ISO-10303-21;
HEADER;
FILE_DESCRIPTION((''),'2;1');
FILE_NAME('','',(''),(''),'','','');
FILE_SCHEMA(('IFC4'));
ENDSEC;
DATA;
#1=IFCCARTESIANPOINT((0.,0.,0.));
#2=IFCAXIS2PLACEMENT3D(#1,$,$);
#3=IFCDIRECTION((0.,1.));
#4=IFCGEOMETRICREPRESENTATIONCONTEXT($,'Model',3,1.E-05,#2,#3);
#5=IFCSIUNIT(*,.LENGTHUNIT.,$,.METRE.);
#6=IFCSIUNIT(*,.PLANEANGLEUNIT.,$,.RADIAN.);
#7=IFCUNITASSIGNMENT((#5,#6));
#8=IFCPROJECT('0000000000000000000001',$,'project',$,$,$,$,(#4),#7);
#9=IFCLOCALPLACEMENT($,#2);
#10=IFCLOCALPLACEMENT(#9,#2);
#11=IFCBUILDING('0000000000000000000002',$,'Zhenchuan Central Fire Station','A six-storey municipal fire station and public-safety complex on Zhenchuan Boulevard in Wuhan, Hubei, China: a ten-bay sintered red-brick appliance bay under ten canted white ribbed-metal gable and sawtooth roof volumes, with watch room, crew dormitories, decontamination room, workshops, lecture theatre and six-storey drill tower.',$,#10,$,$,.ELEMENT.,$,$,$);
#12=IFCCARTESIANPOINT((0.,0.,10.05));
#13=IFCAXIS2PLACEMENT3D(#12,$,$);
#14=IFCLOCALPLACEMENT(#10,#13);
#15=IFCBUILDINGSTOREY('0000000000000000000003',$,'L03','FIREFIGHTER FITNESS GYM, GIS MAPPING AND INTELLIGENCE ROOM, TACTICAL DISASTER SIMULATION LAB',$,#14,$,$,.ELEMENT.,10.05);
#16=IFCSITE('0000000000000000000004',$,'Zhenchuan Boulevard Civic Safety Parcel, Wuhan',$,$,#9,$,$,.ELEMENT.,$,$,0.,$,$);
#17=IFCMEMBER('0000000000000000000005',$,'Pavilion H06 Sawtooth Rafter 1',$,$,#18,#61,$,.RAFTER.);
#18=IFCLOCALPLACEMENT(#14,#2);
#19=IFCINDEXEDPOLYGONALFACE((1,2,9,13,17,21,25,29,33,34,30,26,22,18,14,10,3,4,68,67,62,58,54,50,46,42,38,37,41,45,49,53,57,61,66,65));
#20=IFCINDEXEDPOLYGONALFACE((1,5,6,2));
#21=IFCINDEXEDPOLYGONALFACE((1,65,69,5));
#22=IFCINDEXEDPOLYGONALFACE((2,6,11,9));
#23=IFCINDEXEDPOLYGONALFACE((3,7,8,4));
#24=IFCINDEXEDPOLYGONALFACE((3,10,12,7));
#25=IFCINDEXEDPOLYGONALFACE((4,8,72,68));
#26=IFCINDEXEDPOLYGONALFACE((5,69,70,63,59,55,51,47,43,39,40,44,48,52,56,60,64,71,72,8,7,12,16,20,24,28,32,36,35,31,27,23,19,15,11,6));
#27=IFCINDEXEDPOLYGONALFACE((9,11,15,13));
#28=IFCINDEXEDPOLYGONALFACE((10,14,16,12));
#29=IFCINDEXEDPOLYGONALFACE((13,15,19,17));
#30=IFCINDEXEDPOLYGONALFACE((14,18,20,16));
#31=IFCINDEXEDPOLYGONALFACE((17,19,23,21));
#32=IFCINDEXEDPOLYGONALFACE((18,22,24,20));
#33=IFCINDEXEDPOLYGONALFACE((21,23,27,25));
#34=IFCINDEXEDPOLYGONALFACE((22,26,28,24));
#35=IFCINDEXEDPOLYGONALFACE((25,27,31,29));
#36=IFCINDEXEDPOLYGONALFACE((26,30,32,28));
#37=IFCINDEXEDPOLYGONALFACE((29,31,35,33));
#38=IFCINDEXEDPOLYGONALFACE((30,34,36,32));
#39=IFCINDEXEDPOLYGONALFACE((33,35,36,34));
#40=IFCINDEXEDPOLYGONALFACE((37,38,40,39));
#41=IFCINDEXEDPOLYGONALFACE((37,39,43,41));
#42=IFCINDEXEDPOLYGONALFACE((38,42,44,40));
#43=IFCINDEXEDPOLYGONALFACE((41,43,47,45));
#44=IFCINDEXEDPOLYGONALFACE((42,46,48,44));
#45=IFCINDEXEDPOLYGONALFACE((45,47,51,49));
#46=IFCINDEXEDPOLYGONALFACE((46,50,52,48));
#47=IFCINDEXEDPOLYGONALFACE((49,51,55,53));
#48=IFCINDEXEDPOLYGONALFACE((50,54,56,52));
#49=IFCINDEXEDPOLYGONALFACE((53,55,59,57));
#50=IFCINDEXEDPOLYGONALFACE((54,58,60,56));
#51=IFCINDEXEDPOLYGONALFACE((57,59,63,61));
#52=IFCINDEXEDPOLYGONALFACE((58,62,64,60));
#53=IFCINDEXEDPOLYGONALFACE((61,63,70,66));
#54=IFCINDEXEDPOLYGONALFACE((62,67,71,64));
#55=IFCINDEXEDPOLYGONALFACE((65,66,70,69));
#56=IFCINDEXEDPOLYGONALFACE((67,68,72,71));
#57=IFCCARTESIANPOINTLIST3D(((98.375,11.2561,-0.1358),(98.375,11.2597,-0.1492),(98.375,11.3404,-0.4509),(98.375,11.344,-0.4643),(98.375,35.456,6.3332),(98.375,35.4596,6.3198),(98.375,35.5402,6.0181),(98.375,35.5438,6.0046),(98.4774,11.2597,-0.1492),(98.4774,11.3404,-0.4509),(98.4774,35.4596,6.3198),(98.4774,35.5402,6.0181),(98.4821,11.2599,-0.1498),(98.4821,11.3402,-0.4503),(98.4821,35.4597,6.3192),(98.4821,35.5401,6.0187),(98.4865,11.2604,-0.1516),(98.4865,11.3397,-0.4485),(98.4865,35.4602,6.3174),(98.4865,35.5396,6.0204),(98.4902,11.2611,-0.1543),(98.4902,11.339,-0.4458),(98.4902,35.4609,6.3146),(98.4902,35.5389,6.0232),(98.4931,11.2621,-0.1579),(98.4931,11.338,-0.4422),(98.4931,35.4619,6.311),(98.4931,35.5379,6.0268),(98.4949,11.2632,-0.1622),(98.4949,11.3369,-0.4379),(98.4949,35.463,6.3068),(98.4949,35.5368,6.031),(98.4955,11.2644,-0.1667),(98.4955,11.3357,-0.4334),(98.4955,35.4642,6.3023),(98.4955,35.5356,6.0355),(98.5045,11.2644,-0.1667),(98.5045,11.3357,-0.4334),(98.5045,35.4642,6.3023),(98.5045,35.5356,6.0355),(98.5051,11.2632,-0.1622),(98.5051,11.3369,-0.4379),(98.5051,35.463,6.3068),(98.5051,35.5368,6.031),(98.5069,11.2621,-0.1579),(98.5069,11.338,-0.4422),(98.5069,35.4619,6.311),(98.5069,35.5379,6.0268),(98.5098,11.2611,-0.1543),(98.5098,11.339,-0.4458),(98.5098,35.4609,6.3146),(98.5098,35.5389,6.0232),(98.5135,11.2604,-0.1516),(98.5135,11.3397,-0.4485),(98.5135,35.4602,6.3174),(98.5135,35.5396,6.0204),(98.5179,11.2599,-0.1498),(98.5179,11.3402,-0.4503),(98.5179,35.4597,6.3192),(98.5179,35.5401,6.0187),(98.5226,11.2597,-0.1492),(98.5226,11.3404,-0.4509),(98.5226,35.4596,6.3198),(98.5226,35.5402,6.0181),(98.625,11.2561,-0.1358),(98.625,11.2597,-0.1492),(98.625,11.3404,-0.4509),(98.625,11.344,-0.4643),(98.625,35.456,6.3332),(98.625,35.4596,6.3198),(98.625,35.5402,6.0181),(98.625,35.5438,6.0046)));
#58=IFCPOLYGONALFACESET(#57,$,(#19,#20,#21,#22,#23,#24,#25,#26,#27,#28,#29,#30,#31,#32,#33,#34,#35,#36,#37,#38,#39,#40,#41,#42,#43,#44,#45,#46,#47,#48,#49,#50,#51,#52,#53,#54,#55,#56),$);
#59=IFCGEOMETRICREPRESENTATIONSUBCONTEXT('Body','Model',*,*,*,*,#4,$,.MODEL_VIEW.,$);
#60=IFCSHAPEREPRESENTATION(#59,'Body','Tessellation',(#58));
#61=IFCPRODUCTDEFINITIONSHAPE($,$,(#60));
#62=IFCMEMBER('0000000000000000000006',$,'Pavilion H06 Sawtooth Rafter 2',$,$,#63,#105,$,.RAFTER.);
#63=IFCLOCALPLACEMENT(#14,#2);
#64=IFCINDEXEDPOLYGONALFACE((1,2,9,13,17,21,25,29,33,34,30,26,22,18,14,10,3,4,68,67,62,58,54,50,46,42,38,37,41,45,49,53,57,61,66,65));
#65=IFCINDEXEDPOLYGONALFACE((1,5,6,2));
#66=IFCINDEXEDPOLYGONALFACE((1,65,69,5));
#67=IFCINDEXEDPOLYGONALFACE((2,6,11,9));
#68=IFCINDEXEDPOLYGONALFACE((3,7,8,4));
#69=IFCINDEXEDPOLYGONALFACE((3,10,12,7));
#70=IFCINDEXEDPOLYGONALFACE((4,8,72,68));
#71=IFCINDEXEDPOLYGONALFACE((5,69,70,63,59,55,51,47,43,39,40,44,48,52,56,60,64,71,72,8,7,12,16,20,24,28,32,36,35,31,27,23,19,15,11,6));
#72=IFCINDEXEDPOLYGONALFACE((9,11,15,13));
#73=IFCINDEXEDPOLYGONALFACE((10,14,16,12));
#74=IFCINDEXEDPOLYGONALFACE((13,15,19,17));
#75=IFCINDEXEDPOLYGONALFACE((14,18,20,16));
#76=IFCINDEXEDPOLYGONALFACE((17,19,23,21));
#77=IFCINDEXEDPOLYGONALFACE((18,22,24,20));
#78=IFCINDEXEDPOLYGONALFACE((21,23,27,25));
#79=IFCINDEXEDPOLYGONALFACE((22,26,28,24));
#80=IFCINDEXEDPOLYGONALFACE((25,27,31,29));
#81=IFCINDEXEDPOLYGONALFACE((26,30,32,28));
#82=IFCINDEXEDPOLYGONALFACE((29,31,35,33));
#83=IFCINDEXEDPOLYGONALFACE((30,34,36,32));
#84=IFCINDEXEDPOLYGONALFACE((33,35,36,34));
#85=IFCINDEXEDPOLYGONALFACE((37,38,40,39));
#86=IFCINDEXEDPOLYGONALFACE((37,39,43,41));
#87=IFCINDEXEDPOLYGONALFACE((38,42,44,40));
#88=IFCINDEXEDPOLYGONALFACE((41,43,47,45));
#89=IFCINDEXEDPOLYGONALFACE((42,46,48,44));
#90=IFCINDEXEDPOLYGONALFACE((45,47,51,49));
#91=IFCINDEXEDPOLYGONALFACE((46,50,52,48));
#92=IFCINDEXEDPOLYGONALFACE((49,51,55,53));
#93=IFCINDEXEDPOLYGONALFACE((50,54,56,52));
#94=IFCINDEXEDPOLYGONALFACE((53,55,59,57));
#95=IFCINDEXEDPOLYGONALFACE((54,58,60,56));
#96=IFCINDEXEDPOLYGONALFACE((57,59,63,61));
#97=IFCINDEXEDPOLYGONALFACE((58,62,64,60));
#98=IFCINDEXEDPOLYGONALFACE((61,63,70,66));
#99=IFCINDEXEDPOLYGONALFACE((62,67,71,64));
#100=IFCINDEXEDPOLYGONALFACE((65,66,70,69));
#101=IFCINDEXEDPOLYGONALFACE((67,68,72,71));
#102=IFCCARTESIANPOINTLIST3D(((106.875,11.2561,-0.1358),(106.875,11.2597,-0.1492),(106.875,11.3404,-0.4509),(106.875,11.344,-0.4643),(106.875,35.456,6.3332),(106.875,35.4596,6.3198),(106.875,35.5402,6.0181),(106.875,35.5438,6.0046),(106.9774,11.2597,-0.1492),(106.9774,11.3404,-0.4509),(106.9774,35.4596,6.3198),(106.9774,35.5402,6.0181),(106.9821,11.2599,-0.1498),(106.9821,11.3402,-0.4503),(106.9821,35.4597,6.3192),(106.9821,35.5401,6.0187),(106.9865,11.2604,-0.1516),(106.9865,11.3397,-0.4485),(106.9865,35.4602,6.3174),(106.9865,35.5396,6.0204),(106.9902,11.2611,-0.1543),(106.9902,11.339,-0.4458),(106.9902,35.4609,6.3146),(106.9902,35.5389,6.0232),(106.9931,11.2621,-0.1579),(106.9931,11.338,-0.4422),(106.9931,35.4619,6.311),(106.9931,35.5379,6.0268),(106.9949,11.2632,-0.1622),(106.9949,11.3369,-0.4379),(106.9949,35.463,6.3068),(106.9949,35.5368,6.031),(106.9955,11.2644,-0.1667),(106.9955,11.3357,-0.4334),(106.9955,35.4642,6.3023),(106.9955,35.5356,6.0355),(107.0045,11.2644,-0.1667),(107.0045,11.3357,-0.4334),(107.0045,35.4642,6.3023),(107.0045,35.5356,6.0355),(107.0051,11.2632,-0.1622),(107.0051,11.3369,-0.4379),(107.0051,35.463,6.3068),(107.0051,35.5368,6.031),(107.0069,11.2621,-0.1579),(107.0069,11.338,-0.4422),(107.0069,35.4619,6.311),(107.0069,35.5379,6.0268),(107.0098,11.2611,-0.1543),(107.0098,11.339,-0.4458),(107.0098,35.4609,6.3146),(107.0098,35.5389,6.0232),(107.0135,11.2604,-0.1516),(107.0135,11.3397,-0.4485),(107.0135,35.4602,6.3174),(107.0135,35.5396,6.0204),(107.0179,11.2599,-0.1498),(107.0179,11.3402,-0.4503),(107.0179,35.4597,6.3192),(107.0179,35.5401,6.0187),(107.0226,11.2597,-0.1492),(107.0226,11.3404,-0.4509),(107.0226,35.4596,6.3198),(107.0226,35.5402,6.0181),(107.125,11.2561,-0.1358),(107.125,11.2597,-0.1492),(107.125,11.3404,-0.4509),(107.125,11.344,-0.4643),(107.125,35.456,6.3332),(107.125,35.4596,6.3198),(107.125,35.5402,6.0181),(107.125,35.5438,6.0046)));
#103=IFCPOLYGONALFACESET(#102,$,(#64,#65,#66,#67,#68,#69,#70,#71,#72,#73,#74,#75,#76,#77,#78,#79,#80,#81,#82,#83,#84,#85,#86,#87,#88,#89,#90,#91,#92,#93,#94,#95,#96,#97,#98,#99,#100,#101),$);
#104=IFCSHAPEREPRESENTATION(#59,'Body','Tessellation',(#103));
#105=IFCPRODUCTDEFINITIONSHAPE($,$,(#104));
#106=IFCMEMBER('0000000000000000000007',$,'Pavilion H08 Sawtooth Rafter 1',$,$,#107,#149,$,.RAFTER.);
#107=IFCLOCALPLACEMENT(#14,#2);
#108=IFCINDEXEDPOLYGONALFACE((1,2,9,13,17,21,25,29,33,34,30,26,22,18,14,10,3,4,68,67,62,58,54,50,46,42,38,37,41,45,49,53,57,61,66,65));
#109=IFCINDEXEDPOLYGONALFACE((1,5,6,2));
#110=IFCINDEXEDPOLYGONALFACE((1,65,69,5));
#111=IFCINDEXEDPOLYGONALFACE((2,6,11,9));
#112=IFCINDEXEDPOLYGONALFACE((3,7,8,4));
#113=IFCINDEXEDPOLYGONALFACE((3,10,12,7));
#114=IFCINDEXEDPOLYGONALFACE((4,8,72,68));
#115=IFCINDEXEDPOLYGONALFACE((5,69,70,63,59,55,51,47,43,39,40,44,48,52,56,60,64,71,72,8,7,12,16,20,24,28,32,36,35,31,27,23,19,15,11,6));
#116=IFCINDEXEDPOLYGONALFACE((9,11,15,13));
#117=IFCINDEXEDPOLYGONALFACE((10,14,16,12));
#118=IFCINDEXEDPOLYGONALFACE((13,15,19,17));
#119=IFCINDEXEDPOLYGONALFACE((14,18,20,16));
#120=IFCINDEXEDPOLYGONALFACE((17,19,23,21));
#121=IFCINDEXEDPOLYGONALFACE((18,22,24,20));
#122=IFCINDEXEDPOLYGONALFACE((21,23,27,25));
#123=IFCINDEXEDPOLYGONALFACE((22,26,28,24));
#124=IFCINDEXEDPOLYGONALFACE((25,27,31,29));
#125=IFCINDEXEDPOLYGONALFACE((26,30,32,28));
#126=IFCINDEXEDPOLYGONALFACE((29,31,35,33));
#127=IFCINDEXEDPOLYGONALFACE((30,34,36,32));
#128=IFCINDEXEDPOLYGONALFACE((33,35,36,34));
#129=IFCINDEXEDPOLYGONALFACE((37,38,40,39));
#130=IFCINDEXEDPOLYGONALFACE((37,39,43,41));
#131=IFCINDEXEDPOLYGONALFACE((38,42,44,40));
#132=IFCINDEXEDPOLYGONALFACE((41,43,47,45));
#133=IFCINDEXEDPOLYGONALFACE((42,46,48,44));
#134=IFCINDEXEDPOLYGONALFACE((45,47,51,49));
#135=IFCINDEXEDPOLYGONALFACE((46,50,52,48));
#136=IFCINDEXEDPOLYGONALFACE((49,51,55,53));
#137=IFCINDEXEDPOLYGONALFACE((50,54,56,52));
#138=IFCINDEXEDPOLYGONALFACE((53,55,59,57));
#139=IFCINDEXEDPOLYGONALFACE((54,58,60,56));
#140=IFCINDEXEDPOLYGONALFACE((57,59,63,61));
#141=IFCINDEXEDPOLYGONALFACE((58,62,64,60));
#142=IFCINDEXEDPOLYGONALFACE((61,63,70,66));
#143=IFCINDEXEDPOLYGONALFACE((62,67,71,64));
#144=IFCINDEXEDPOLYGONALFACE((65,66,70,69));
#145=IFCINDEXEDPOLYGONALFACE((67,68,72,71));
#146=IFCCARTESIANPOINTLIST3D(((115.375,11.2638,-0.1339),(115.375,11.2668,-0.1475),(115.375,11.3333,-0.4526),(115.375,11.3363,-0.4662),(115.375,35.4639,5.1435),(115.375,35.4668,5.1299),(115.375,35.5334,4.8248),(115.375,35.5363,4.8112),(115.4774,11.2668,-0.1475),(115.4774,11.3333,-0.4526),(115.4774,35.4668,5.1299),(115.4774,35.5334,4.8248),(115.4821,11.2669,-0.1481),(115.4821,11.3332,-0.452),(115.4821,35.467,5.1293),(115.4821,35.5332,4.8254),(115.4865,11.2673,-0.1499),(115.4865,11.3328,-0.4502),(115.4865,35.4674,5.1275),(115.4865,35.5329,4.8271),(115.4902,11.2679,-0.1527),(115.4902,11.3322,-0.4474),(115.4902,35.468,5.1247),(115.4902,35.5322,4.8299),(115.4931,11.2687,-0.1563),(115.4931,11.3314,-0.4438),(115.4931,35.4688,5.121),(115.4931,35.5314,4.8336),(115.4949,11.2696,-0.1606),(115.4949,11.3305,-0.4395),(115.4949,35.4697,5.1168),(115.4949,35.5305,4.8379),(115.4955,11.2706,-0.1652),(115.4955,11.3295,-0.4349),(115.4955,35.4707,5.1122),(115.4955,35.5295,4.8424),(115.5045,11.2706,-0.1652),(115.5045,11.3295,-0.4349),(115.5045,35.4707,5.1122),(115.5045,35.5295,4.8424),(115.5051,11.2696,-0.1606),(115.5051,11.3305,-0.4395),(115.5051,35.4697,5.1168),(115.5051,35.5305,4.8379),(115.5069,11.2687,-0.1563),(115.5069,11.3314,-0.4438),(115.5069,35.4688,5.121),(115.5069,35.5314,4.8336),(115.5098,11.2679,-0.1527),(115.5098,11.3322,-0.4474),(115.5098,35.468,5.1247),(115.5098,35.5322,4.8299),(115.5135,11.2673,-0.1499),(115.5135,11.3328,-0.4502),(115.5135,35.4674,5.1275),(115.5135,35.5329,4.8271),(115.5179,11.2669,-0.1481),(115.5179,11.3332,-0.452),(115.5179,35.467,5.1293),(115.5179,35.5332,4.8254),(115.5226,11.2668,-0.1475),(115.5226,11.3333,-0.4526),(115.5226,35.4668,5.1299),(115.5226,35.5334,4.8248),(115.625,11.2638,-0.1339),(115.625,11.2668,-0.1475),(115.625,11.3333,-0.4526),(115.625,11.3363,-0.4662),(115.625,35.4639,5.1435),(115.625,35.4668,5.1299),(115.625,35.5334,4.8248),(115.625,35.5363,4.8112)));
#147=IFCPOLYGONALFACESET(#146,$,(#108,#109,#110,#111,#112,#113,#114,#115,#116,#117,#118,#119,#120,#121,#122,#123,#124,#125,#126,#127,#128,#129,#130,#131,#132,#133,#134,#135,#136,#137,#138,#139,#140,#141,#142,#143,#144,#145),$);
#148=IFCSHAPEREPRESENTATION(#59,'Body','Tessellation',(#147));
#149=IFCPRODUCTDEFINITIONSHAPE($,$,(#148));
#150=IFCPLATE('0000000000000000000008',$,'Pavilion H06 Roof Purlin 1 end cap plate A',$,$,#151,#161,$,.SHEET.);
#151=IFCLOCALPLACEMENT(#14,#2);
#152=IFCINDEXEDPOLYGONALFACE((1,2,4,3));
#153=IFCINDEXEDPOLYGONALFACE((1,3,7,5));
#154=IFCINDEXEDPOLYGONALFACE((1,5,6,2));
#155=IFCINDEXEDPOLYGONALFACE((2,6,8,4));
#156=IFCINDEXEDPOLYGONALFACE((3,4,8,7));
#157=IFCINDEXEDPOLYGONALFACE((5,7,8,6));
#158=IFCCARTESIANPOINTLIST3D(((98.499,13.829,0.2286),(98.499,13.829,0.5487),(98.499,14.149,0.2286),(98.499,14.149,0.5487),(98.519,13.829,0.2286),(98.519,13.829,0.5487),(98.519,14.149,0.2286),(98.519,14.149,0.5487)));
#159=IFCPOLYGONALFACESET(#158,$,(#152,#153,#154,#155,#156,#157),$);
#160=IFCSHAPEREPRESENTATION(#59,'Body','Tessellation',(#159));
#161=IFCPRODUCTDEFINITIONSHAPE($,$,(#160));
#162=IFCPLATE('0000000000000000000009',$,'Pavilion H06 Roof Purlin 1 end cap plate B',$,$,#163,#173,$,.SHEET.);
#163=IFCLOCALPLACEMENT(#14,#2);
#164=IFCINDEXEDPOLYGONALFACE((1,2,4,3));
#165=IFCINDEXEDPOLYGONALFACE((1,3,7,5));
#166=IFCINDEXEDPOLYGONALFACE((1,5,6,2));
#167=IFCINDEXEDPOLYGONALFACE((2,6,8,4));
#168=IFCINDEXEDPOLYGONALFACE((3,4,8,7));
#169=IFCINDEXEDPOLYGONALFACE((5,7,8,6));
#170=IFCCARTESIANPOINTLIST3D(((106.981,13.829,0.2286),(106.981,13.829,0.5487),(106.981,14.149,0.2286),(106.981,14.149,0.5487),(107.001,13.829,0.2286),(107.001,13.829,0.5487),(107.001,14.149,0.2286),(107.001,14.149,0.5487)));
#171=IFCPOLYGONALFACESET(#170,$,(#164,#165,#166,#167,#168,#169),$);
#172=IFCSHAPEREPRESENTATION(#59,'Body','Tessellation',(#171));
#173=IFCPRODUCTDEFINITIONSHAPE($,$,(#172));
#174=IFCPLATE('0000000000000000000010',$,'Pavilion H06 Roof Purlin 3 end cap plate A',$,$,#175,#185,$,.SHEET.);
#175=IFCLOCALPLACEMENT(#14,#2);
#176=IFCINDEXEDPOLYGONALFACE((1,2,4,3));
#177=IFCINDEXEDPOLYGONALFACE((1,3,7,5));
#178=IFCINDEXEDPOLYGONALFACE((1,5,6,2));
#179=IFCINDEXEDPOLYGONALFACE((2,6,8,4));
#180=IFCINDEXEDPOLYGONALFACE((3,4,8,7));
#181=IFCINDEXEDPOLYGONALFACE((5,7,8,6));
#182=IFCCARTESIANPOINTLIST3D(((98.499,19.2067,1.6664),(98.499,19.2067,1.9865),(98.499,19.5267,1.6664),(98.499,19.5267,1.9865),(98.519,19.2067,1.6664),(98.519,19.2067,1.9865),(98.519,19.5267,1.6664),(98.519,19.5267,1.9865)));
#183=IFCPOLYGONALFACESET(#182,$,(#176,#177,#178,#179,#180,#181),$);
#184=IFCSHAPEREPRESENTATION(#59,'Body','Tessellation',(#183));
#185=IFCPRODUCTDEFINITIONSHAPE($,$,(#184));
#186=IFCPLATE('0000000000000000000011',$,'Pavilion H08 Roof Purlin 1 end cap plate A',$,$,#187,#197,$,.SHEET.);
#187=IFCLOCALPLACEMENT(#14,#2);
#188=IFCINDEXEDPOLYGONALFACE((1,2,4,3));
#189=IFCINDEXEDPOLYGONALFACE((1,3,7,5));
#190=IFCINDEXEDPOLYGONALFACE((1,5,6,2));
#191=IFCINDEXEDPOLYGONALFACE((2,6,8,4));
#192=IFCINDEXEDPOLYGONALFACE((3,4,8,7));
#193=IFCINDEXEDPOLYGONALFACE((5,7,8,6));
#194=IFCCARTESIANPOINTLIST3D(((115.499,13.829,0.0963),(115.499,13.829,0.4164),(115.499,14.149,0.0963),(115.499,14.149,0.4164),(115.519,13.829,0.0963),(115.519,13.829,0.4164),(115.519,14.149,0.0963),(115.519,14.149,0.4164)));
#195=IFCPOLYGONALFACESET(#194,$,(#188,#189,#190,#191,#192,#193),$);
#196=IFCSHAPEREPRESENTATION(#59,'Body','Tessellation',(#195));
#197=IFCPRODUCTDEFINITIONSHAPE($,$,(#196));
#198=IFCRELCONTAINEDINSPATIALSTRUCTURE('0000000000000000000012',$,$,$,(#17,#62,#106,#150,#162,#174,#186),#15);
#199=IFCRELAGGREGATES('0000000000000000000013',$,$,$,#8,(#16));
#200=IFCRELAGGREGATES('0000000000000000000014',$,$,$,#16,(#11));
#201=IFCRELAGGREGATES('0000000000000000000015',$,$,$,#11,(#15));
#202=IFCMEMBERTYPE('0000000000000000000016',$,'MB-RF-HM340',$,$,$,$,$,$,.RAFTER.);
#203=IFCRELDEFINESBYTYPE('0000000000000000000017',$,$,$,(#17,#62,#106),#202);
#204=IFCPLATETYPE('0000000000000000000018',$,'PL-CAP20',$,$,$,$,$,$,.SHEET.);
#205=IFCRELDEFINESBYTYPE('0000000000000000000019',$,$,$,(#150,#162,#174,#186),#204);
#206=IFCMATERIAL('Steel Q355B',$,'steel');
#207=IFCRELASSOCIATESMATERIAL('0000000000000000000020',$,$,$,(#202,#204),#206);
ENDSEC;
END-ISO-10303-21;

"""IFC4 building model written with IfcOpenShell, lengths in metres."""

from ifc_helpers import new_model, si_unit, direction, frame, origin, origin_2d, place, context, subcontext, project, spatial, rectangle, i_section, extrude, material, material_profile, profile_set, type_object, element, save


model = new_model("IFC4")

# Units and contexts
model_context = context("Model", 3, precision=1e-05, world=origin(), true_north=direction((0.0, 1.0)))
body_context = subcontext(model_context, "Body", "Model", "MODEL_VIEW")
ifc_project = project(units=[si_unit("LENGTHUNIT", "METRE"), si_unit("PLANEANGLEUNIT", "RADIAN")], contexts=[model_context])

# Site, building, storey
site_placement = place(None, origin())
site = spatial("IfcSite", under=ifc_project, at=site_placement, Name="Zhenchuan Boulevard Civic Safety Parcel, Wuhan", CompositionType="ELEMENT", RefElevation=0.0)
building_placement = place(site_placement, origin())
building = spatial("IfcBuilding", under=site, at=building_placement, Name="Zhenchuan Central Fire Station", Description="A six-storey municipal fire station and public-safety complex on Zhenchuan Boulevard in Wuhan, Hubei, China: a ten-bay sintered red-brick appliance bay under ten canted white ribbed-metal gable and sawtooth roof volumes, with watch room, crew dormitories, decontamination room, workshops, lecture theatre and six-storey drill tower.", CompositionType="ELEMENT")
storey_placement = place(building_placement, frame((0.0, 0.0, 10.05)))
storey = spatial("IfcBuildingStorey", under=building, at=storey_placement, Name="L03", Description="FIREFIGHTER FITNESS GYM, GIS MAPPING AND INTELLIGENCE ROOM, TACTICAL DISASTER SIMULATION LAB", CompositionType="ELEMENT", Elevation=10.05)

# Members
ifc_material_1 = material(Name="Steel Q355B", Category="steel")
ifc_material_profile_1 = material_profile(ifc_material_1, i_section(OverallWidth=0.25, OverallDepth=0.3401, WebThickness=0.009, FlangeThickness=0.0139, FilletRadius=0.0181, at=origin_2d()), Name="HM 340x250")
ifc_profile_set_1 = profile_set([ifc_material_profile_1], Name="Steel Q355B")
member_type_1 = type_object("IfcMemberType", Name="MB-RF-HM340", PredefinedType="RAFTER", material=ifc_profile_set_1)
for number, where, z_axis, x_axis, name in (
    (1, (98.5, 11.3, -0.3), (0.0, 0.966079, 0.258247), (-1.0, 0.0, 0.0), "Pavilion H06 Sawtooth Rafter 1"),
    (2, (107.0, 11.3, -0.3), (0.0, 0.966079, 0.258247), (-1.0, 0.0, 0.0), "Pavilion H06 Sawtooth Rafter 2"),
):
    element("IfcMember", number, at=place(storey_placement, frame(where, z_axis=z_axis, x_axis=x_axis)), inside=storey, type_object=member_type_1, Name=name, PredefinedType="RAFTER", context=body_context, shape_type="SweptSolid", body=[
        extrude(i_section(OverallWidth=0.25, OverallDepth=0.3401, WebThickness=0.009, FlangeThickness=0.0139, FilletRadius=0.0181, at=origin_2d()), origin(), (0.0, 0.0, 1.0), 25.0496),
    ])
member_1_placement = place(storey_placement, frame((115.5, 11.3, -0.3), z_axis=(0.0, 0.977038, 0.213065), x_axis=(-1.0, 0.0, 0.0)))
element("IfcMember", 3, at=member_1_placement, inside=storey, type_object=member_type_1, Name="Pavilion H08 Sawtooth Rafter 1", PredefinedType="RAFTER", context=body_context, shape_type="SweptSolid", body=[
    extrude(i_section(OverallWidth=0.25, OverallDepth=0.3401, WebThickness=0.009, FlangeThickness=0.0139, FilletRadius=0.0181, at=origin_2d()), origin(), (0.0, 0.0, 1.0), 24.7688),
])

# Plates
ifc_material_profile_2 = material_profile(ifc_material_1, rectangle(XDim=0.3201, YDim=0.3201, at=origin_2d()), Name="PL 320x320x20")
ifc_profile_set_2 = profile_set([ifc_material_profile_2], Name="Steel Q355B")
plate_type_1 = type_object("IfcPlateType", Name="PL-CAP20", PredefinedType="SHEET", material=ifc_profile_set_2)
for number, where, z_axis, x_axis, name in (
    (4, (98.499, 13.989, 0.3887), (1.0, 0.0, 0.0), (0.0, 1.0, 0.0), "Pavilion H06 Roof Purlin 1 end cap plate A"),
    (5, (106.981, 13.989, 0.3887), (1.0, 0.0, 0.0), (0.0, 1.0, 0.0), "Pavilion H06 Roof Purlin 1 end cap plate B"),
    (6, (98.499, 19.3667, 1.8264), (1.0, 0.0, 0.0), (0.0, 1.0, 0.0), "Pavilion H06 Roof Purlin 3 end cap plate A"),
    (7, (115.499, 13.989, 0.2563), (1.0, 0.0, 0.0), (0.0, 1.0, 0.0), "Pavilion H08 Roof Purlin 1 end cap plate A"),
):
    element("IfcPlate", number, at=place(storey_placement, frame(where, z_axis=z_axis, x_axis=x_axis)), inside=storey, type_object=plate_type_1, Name=name, PredefinedType="SHEET", context=body_context, shape_type="SweptSolid", body=[
        extrude(rectangle(XDim=0.3201, YDim=0.3201, at=origin_2d()), origin(), (0.0, 0.0, 1.0), 0.02),
    ])

save(model, "model.ifc")
